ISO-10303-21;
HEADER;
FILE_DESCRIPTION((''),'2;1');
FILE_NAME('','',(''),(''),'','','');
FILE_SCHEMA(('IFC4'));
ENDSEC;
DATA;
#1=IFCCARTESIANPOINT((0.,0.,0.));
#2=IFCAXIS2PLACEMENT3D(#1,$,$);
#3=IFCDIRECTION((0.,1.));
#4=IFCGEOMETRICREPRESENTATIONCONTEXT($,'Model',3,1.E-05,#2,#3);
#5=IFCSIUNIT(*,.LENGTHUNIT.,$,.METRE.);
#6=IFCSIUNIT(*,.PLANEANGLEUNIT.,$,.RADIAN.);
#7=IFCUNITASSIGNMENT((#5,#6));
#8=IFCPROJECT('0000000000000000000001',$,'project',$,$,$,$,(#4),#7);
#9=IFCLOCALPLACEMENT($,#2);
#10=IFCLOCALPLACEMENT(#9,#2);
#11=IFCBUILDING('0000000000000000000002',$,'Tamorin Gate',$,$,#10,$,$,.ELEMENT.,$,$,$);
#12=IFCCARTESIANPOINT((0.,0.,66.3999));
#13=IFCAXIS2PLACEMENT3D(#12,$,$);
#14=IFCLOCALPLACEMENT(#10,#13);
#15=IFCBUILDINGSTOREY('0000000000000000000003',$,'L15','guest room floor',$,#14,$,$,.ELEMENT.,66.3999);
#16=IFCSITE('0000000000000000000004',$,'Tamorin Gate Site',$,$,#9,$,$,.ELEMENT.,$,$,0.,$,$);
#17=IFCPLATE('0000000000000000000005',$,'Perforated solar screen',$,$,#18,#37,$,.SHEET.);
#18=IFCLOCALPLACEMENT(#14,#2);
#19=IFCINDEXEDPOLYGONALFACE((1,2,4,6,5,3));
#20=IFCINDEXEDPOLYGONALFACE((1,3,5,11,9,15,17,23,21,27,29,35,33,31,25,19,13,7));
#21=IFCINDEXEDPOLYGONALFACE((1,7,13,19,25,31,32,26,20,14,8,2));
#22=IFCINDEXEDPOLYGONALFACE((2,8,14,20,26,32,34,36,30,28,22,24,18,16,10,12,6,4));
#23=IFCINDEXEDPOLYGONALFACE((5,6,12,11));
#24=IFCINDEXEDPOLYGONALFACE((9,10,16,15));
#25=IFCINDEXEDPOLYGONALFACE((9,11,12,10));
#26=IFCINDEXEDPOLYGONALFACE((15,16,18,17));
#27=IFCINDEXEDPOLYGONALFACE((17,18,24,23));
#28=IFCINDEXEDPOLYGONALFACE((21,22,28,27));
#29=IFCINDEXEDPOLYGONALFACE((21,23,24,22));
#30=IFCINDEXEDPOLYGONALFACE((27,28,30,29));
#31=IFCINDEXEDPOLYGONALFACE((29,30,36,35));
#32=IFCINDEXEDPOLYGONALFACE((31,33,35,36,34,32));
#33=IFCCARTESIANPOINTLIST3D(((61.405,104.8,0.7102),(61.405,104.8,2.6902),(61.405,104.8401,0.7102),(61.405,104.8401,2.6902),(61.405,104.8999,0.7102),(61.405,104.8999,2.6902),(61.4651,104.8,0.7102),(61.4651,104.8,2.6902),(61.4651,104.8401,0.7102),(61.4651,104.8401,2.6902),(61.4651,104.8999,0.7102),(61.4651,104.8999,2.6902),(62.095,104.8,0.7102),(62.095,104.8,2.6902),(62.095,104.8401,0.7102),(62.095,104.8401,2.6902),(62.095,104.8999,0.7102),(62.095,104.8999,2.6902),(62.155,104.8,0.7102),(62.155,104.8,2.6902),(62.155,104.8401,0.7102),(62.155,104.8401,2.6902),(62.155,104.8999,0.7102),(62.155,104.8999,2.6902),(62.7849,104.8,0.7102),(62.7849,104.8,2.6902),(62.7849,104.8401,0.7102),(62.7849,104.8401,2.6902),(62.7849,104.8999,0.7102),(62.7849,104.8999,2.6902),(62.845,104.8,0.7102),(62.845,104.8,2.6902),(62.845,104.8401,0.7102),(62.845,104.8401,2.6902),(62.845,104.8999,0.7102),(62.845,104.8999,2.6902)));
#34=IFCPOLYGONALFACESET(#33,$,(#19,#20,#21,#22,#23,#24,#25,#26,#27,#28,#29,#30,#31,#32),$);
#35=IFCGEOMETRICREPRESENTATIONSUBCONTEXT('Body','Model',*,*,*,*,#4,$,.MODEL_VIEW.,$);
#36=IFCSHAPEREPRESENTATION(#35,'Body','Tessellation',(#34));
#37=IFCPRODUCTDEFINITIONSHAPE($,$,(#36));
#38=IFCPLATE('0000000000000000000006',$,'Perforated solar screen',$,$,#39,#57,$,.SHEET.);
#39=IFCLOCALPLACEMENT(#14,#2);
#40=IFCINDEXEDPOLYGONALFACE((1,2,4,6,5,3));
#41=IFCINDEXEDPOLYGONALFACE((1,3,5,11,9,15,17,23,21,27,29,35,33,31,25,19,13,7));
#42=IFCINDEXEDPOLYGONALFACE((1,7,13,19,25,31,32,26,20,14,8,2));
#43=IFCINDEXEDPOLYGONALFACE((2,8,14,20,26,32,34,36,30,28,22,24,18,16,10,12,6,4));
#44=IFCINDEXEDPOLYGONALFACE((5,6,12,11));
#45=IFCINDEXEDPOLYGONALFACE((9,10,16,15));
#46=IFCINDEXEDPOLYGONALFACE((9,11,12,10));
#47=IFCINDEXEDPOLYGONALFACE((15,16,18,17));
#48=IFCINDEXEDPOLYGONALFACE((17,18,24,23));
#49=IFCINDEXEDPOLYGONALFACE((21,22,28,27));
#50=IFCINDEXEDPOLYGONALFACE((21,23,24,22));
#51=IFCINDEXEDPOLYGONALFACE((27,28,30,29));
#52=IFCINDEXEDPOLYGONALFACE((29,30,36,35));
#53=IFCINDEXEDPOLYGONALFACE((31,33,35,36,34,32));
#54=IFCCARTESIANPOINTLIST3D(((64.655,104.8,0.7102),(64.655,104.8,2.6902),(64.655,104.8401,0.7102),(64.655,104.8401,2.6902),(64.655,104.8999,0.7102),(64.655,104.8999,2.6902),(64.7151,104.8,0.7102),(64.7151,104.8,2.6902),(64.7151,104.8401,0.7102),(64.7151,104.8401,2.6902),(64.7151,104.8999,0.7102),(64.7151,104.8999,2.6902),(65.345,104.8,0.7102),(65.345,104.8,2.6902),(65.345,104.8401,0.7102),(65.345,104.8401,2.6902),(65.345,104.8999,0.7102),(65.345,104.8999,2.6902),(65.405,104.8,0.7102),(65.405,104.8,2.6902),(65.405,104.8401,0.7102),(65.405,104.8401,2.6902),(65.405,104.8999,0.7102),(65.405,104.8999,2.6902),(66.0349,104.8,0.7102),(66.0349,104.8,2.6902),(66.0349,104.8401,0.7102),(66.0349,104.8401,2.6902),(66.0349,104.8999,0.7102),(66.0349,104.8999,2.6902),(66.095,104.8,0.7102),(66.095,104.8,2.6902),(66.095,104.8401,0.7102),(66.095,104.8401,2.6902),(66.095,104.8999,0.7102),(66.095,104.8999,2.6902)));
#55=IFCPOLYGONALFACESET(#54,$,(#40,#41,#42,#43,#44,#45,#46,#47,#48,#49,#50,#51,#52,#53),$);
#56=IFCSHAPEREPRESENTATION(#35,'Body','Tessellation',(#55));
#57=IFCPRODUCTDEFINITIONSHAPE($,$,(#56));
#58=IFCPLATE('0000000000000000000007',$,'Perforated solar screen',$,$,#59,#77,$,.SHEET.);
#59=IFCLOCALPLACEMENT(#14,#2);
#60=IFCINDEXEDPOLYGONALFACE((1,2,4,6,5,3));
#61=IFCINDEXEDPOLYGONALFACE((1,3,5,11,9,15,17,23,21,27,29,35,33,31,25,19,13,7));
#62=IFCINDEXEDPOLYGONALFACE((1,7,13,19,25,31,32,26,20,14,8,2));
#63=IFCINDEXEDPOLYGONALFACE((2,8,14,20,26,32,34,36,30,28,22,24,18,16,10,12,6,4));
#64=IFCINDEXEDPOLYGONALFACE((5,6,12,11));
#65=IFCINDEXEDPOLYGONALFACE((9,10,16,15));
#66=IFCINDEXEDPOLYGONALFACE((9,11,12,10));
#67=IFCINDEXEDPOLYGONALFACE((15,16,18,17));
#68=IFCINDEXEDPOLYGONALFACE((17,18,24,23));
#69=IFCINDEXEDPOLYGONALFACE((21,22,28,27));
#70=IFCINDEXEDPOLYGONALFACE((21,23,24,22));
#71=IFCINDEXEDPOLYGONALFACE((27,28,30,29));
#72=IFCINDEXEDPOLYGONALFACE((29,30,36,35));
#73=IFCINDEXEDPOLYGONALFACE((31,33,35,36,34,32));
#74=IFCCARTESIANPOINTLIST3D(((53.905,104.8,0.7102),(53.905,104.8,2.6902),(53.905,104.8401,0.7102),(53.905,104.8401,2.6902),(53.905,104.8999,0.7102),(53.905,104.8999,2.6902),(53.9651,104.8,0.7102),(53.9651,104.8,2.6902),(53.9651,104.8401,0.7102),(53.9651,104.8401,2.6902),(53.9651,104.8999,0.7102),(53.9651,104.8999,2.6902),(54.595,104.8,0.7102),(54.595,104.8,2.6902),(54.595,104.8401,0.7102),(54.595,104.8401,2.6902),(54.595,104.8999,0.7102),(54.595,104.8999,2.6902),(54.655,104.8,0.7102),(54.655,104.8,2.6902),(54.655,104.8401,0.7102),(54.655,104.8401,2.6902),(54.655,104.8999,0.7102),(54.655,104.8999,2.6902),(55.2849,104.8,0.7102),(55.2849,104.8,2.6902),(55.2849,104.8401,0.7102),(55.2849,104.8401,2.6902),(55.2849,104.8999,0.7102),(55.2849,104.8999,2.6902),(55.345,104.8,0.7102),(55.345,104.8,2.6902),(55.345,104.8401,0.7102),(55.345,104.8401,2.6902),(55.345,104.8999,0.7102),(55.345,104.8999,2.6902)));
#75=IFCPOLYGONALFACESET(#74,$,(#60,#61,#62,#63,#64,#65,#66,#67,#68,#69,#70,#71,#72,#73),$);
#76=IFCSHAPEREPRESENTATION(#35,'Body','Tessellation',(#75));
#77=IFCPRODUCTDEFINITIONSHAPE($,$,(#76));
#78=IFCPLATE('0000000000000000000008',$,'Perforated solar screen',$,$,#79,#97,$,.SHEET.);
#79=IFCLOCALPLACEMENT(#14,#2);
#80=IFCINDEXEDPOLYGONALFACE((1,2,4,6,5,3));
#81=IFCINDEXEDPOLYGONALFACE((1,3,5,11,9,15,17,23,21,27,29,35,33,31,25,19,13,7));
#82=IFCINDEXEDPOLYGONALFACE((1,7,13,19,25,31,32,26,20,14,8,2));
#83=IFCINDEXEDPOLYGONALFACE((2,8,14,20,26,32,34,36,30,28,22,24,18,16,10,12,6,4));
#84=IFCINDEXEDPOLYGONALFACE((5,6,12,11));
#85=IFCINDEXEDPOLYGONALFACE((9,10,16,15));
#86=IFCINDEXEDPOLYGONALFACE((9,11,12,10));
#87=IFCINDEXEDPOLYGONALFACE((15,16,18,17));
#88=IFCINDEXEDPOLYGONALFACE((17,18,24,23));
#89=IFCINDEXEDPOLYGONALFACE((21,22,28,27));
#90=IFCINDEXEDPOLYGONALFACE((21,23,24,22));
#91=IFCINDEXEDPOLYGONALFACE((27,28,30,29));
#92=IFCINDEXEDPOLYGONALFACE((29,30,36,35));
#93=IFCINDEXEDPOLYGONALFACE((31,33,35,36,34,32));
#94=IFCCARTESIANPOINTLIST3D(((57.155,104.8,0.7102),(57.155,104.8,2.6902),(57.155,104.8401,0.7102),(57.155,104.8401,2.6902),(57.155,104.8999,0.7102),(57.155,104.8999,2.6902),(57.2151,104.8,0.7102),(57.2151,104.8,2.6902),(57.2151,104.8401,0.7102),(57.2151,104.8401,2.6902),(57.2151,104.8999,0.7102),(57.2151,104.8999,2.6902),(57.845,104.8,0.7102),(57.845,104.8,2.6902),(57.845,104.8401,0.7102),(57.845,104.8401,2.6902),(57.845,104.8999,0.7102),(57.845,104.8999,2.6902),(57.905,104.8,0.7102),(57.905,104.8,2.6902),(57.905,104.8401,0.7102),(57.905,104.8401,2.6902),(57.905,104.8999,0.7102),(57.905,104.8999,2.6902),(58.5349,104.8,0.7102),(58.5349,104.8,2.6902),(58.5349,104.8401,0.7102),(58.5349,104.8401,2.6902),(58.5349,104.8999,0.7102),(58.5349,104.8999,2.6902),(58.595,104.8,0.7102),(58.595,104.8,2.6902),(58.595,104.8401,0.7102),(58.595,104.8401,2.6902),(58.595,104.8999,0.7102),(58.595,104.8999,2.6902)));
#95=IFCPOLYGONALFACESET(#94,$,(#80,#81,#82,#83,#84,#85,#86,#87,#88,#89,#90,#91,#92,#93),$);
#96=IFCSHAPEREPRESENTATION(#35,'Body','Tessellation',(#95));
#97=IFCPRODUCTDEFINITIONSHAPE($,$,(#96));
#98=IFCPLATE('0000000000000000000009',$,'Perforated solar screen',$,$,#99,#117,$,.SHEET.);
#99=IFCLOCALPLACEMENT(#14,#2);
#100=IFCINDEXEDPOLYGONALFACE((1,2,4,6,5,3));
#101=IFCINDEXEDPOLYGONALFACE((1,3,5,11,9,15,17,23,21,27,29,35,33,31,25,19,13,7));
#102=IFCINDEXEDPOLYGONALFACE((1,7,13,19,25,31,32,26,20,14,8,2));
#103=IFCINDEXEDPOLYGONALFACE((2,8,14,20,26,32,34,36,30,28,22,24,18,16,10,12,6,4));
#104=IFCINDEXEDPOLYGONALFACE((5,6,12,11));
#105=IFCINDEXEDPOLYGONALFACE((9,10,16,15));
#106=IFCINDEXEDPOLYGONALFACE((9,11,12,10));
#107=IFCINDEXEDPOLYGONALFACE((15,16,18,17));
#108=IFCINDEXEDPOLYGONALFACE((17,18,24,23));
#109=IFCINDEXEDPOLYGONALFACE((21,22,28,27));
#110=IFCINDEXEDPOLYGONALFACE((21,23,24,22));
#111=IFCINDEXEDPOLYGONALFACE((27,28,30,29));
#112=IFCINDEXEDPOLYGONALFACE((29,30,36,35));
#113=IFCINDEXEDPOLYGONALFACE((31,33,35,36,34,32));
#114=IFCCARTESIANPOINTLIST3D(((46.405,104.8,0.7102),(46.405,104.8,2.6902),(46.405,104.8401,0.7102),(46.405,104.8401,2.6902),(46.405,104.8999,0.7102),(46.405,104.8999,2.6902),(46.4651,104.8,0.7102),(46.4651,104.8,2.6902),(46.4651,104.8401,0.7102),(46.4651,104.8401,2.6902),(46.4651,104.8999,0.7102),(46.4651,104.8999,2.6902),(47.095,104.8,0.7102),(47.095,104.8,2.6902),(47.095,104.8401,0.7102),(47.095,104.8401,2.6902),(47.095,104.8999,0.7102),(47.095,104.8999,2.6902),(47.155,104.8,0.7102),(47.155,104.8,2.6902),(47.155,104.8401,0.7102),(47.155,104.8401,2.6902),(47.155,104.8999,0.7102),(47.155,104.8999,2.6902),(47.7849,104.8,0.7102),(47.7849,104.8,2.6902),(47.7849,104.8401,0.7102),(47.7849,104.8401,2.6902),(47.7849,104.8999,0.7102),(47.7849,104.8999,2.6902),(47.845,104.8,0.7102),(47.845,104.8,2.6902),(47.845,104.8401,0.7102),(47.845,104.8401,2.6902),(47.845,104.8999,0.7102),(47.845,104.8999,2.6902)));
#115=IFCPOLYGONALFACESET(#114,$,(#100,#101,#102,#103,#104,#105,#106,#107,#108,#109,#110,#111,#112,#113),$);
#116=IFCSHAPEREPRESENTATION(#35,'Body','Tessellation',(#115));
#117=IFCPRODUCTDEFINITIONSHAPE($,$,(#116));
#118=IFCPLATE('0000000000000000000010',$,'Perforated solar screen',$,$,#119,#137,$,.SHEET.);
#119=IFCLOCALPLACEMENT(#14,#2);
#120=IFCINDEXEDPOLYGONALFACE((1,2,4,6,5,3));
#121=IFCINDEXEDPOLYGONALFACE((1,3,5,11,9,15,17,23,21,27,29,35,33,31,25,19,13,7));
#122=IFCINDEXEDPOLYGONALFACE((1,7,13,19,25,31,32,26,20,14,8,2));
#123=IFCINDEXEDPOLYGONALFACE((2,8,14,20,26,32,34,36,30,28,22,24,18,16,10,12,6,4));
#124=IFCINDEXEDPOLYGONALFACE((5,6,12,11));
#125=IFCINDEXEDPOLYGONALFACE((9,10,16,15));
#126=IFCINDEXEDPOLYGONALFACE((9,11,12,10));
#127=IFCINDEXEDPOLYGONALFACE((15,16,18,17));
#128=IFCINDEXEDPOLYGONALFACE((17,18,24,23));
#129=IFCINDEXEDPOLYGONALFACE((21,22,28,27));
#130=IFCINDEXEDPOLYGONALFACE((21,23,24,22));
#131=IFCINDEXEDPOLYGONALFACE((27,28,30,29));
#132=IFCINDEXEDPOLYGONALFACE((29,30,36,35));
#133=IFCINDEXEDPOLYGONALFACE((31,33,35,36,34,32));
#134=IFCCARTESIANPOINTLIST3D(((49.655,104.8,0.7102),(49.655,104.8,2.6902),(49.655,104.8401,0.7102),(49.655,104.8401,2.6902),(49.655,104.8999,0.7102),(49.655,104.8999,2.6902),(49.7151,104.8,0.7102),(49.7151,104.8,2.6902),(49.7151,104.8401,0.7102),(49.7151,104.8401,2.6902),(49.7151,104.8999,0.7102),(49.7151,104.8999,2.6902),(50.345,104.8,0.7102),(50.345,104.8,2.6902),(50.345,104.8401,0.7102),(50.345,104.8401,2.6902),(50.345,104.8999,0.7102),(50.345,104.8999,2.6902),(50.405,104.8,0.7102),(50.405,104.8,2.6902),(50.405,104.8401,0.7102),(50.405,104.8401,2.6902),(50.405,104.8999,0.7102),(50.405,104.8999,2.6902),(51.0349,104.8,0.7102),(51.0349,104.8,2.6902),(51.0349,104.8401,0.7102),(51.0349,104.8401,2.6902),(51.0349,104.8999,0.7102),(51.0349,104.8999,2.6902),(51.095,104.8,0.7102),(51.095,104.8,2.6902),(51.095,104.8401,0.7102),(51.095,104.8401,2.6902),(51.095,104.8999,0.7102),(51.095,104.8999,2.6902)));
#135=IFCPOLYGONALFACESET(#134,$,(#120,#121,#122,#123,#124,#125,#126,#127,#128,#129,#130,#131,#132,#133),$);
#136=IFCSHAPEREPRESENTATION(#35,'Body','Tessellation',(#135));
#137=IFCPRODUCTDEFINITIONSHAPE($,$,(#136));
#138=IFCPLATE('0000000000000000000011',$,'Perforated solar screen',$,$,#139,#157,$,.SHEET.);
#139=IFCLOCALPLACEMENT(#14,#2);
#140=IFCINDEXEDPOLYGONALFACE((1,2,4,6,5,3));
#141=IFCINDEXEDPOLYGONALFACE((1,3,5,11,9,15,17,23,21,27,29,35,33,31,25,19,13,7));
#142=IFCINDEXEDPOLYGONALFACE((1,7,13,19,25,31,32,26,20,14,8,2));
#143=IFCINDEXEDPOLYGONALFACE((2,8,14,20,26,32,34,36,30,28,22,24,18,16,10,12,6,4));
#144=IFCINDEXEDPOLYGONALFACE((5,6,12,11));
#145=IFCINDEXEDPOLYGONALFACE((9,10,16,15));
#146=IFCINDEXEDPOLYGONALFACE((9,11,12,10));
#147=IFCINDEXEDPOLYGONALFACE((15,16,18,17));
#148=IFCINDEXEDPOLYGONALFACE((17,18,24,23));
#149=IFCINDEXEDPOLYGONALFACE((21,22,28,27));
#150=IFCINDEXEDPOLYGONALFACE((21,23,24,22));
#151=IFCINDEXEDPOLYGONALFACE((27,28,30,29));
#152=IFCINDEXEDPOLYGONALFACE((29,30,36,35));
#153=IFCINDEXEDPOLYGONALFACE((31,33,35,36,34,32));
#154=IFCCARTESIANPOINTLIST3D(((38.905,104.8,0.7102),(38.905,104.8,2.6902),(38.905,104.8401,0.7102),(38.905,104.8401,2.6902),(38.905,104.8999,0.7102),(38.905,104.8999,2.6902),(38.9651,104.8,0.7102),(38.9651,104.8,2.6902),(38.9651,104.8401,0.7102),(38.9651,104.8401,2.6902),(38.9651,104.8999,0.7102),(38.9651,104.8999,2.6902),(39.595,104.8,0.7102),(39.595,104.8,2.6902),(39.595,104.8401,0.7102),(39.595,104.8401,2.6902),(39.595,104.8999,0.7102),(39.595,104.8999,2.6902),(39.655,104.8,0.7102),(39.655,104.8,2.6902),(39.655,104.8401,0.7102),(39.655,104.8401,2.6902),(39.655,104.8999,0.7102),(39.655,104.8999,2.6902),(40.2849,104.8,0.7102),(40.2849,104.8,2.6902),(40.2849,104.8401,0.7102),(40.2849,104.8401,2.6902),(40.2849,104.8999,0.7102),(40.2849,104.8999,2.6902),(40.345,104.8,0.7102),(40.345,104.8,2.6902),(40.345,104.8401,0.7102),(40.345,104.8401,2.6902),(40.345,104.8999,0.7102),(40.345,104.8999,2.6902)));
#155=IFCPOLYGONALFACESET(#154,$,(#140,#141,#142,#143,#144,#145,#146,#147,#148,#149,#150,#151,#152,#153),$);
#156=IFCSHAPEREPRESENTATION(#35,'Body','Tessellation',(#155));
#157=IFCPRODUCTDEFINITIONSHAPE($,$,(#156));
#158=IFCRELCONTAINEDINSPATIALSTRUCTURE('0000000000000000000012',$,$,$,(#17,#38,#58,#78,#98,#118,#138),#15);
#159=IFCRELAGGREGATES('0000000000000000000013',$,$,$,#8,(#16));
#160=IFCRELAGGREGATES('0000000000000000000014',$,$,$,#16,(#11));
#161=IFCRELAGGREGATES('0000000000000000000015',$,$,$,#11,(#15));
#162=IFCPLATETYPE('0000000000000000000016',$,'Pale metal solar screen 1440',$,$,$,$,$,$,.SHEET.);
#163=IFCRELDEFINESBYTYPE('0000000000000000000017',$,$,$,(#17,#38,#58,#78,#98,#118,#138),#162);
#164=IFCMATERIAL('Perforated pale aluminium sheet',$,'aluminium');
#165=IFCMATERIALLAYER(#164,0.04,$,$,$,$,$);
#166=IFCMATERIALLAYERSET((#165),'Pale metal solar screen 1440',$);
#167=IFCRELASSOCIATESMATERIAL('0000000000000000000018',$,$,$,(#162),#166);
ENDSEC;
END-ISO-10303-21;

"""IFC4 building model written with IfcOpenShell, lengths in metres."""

from ifc_helpers import new_model, si_unit, direction, frame, origin, place, context, subcontext, project, spatial, polyline, outline, extrude, material, layer, layer_set, type_object, element, save


model = new_model("IFC4")

# Units and contexts
model_context = context("Model", 3, precision=1e-05, world=origin(), true_north=direction((0.0, 1.0)))
body_context = subcontext(model_context, "Body", "Model", "MODEL_VIEW")
ifc_project = project(units=[si_unit("LENGTHUNIT", "METRE"), si_unit("PLANEANGLEUNIT", "RADIAN")], contexts=[model_context])

# Site, building, storey
site_placement = place(None, origin())
site = spatial("IfcSite", under=ifc_project, at=site_placement, Name="Tamorin Gate Site", CompositionType="ELEMENT", RefElevation=0.0)
building_placement = place(site_placement, origin())
building = spatial("IfcBuilding", under=site, at=building_placement, Name="Tamorin Gate", CompositionType="ELEMENT")
storey_placement = place(building_placement, frame((0.0, 0.0, 66.3999)))
storey = spatial("IfcBuildingStorey", under=building, at=storey_placement, Name="L15", Description="guest room floor", CompositionType="ELEMENT", Elevation=66.3999)

# Plates
ifc_material = material(Name="Perforated pale aluminium sheet", Category="aluminium")
ifc_layer = layer(ifc_material, 0.04)
ifc_layer_set = layer_set([ifc_layer], Name="Pale metal solar screen 1440")
plate_type = type_object("IfcPlateType", Name="Pale metal solar screen 1440", PredefinedType="SHEET", material=ifc_layer_set)
plate_1_placement = place(storey_placement, frame((0.0, 0.0, 0.7102)))
element("IfcPlate", 1, at=plate_1_placement, inside=storey, type_object=plate_type, Name="Perforated solar screen", PredefinedType="SHEET", context=body_context, shape_type="SweptSolid", body=[
    extrude(outline(polyline([(62.845, 104.8401), (62.845, 104.8), (62.7849, 104.8), (62.155, 104.8), (62.095, 104.8), (61.4651, 104.8), (61.405, 104.8), (61.405, 104.8401), (61.405, 104.8999), (61.4651, 104.8999), (61.4651, 104.8401), (62.095, 104.8401), (62.095, 104.8999), (62.155, 104.8999), (62.155, 104.8401), (62.7849, 104.8401), (62.7849, 104.8999), (62.845, 104.8999), (62.845, 104.8401)])), origin(), (0.0, 0.0, 1.0), 1.98),
])
plate_2_placement = place(storey_placement, frame((0.0, 0.0, 0.7102)))
element("IfcPlate", 2, at=plate_2_placement, inside=storey, type_object=plate_type, Name="Perforated solar screen", PredefinedType="SHEET", context=body_context, shape_type="SweptSolid", body=[
    extrude(outline(polyline([(66.095, 104.8401), (66.095, 104.8), (66.0349, 104.8), (65.405, 104.8), (65.345, 104.8), (64.7151, 104.8), (64.655, 104.8), (64.655, 104.8401), (64.655, 104.8999), (64.7151, 104.8999), (64.7151, 104.8401), (65.345, 104.8401), (65.345, 104.8999), (65.405, 104.8999), (65.405, 104.8401), (66.0349, 104.8401), (66.0349, 104.8999), (66.095, 104.8999), (66.095, 104.8401)])), origin(), (0.0, 0.0, 1.0), 1.98),
])
plate_3_placement = place(storey_placement, frame((0.0, 0.0, 0.7102)))
element("IfcPlate", 3, at=plate_3_placement, inside=storey, type_object=plate_type, Name="Perforated solar screen", PredefinedType="SHEET", context=body_context, shape_type="SweptSolid", body=[
    extrude(outline(polyline([(55.345, 104.8401), (55.345, 104.8), (55.2849, 104.8), (54.655, 104.8), (54.595, 104.8), (53.9651, 104.8), (53.905, 104.8), (53.905, 104.8401), (53.905, 104.8999), (53.9651, 104.8999), (53.9651, 104.8401), (54.595, 104.8401), (54.595, 104.8999), (54.655, 104.8999), (54.655, 104.8401), (55.2849, 104.8401), (55.2849, 104.8999), (55.345, 104.8999), (55.345, 104.8401)])), origin(), (0.0, 0.0, 1.0), 1.98),
])
plate_4_placement = place(storey_placement, frame((0.0, 0.0, 0.7102)))
element("IfcPlate", 4, at=plate_4_placement, inside=storey, type_object=plate_type, Name="Perforated solar screen", PredefinedType="SHEET", context=body_context, shape_type="SweptSolid", body=[
    extrude(outline(polyline([(58.595, 104.8401), (58.595, 104.8), (58.5349, 104.8), (57.905, 104.8), (57.845, 104.8), (57.2151, 104.8), (57.155, 104.8), (57.155, 104.8401), (57.155, 104.8999), (57.2151, 104.8999), (57.2151, 104.8401), (57.845, 104.8401), (57.845, 104.8999), (57.905, 104.8999), (57.905, 104.8401), (58.5349, 104.8401), (58.5349, 104.8999), (58.595, 104.8999), (58.595, 104.8401)])), origin(), (0.0, 0.0, 1.0), 1.98),
])
plate_5_placement = place(storey_placement, frame((0.0, 0.0, 0.7102)))
element("IfcPlate", 5, at=plate_5_placement, inside=storey, type_object=plate_type, Name="Perforated solar screen", PredefinedType="SHEET", context=body_context, shape_type="SweptSolid", body=[
    extrude(outline(polyline([(47.845, 104.8401), (47.845, 104.8), (47.7849, 104.8), (47.155, 104.8), (47.095, 104.8), (46.4651, 104.8), (46.405, 104.8), (46.405, 104.8401), (46.405, 104.8999), (46.4651, 104.8999), (46.4651, 104.8401), (47.095, 104.8401), (47.095, 104.8999), (47.155, 104.8999), (47.155, 104.8401), (47.7849, 104.8401), (47.7849, 104.8999), (47.845, 104.8999), (47.845, 104.8401)])), origin(), (0.0, 0.0, 1.0), 1.98),
])
plate_6_placement = place(storey_placement, frame((0.0, 0.0, 0.7102)))
element("IfcPlate", 6, at=plate_6_placement, inside=storey, type_object=plate_type, Name="Perforated solar screen", PredefinedType="SHEET", context=body_context, shape_type="SweptSolid", body=[
    extrude(outline(polyline([(51.095, 104.8401), (51.095, 104.8), (51.0349, 104.8), (50.405, 104.8), (50.345, 104.8), (49.7151, 104.8), (49.655, 104.8), (49.655, 104.8401), (49.655, 104.8999), (49.7151, 104.8999), (49.7151, 104.8401), (50.345, 104.8401), (50.345, 104.8999), (50.405, 104.8999), (50.405, 104.8401), (51.0349, 104.8401), (51.0349, 104.8999), (51.095, 104.8999), (51.095, 104.8401)])), origin(), (0.0, 0.0, 1.0), 1.98),
])
plate_7_placement = place(storey_placement, frame((0.0, 0.0, 0.7102)))
element("IfcPlate", 7, at=plate_7_placement, inside=storey, type_object=plate_type, Name="Perforated solar screen", PredefinedType="SHEET", context=body_context, shape_type="SweptSolid", body=[
    extrude(outline(polyline([(40.345, 104.8401), (40.345, 104.8), (40.2849, 104.8), (39.655, 104.8), (39.595, 104.8), (38.9651, 104.8), (38.905, 104.8), (38.905, 104.8401), (38.905, 104.8999), (38.9651, 104.8999), (38.9651, 104.8401), (39.595, 104.8401), (39.595, 104.8999), (39.655, 104.8999), (39.655, 104.8401), (40.2849, 104.8401), (40.2849, 104.8999), (40.345, 104.8999), (40.345, 104.8401)])), origin(), (0.0, 0.0, 1.0), 1.98),
])

save(model, "model.ifc")
